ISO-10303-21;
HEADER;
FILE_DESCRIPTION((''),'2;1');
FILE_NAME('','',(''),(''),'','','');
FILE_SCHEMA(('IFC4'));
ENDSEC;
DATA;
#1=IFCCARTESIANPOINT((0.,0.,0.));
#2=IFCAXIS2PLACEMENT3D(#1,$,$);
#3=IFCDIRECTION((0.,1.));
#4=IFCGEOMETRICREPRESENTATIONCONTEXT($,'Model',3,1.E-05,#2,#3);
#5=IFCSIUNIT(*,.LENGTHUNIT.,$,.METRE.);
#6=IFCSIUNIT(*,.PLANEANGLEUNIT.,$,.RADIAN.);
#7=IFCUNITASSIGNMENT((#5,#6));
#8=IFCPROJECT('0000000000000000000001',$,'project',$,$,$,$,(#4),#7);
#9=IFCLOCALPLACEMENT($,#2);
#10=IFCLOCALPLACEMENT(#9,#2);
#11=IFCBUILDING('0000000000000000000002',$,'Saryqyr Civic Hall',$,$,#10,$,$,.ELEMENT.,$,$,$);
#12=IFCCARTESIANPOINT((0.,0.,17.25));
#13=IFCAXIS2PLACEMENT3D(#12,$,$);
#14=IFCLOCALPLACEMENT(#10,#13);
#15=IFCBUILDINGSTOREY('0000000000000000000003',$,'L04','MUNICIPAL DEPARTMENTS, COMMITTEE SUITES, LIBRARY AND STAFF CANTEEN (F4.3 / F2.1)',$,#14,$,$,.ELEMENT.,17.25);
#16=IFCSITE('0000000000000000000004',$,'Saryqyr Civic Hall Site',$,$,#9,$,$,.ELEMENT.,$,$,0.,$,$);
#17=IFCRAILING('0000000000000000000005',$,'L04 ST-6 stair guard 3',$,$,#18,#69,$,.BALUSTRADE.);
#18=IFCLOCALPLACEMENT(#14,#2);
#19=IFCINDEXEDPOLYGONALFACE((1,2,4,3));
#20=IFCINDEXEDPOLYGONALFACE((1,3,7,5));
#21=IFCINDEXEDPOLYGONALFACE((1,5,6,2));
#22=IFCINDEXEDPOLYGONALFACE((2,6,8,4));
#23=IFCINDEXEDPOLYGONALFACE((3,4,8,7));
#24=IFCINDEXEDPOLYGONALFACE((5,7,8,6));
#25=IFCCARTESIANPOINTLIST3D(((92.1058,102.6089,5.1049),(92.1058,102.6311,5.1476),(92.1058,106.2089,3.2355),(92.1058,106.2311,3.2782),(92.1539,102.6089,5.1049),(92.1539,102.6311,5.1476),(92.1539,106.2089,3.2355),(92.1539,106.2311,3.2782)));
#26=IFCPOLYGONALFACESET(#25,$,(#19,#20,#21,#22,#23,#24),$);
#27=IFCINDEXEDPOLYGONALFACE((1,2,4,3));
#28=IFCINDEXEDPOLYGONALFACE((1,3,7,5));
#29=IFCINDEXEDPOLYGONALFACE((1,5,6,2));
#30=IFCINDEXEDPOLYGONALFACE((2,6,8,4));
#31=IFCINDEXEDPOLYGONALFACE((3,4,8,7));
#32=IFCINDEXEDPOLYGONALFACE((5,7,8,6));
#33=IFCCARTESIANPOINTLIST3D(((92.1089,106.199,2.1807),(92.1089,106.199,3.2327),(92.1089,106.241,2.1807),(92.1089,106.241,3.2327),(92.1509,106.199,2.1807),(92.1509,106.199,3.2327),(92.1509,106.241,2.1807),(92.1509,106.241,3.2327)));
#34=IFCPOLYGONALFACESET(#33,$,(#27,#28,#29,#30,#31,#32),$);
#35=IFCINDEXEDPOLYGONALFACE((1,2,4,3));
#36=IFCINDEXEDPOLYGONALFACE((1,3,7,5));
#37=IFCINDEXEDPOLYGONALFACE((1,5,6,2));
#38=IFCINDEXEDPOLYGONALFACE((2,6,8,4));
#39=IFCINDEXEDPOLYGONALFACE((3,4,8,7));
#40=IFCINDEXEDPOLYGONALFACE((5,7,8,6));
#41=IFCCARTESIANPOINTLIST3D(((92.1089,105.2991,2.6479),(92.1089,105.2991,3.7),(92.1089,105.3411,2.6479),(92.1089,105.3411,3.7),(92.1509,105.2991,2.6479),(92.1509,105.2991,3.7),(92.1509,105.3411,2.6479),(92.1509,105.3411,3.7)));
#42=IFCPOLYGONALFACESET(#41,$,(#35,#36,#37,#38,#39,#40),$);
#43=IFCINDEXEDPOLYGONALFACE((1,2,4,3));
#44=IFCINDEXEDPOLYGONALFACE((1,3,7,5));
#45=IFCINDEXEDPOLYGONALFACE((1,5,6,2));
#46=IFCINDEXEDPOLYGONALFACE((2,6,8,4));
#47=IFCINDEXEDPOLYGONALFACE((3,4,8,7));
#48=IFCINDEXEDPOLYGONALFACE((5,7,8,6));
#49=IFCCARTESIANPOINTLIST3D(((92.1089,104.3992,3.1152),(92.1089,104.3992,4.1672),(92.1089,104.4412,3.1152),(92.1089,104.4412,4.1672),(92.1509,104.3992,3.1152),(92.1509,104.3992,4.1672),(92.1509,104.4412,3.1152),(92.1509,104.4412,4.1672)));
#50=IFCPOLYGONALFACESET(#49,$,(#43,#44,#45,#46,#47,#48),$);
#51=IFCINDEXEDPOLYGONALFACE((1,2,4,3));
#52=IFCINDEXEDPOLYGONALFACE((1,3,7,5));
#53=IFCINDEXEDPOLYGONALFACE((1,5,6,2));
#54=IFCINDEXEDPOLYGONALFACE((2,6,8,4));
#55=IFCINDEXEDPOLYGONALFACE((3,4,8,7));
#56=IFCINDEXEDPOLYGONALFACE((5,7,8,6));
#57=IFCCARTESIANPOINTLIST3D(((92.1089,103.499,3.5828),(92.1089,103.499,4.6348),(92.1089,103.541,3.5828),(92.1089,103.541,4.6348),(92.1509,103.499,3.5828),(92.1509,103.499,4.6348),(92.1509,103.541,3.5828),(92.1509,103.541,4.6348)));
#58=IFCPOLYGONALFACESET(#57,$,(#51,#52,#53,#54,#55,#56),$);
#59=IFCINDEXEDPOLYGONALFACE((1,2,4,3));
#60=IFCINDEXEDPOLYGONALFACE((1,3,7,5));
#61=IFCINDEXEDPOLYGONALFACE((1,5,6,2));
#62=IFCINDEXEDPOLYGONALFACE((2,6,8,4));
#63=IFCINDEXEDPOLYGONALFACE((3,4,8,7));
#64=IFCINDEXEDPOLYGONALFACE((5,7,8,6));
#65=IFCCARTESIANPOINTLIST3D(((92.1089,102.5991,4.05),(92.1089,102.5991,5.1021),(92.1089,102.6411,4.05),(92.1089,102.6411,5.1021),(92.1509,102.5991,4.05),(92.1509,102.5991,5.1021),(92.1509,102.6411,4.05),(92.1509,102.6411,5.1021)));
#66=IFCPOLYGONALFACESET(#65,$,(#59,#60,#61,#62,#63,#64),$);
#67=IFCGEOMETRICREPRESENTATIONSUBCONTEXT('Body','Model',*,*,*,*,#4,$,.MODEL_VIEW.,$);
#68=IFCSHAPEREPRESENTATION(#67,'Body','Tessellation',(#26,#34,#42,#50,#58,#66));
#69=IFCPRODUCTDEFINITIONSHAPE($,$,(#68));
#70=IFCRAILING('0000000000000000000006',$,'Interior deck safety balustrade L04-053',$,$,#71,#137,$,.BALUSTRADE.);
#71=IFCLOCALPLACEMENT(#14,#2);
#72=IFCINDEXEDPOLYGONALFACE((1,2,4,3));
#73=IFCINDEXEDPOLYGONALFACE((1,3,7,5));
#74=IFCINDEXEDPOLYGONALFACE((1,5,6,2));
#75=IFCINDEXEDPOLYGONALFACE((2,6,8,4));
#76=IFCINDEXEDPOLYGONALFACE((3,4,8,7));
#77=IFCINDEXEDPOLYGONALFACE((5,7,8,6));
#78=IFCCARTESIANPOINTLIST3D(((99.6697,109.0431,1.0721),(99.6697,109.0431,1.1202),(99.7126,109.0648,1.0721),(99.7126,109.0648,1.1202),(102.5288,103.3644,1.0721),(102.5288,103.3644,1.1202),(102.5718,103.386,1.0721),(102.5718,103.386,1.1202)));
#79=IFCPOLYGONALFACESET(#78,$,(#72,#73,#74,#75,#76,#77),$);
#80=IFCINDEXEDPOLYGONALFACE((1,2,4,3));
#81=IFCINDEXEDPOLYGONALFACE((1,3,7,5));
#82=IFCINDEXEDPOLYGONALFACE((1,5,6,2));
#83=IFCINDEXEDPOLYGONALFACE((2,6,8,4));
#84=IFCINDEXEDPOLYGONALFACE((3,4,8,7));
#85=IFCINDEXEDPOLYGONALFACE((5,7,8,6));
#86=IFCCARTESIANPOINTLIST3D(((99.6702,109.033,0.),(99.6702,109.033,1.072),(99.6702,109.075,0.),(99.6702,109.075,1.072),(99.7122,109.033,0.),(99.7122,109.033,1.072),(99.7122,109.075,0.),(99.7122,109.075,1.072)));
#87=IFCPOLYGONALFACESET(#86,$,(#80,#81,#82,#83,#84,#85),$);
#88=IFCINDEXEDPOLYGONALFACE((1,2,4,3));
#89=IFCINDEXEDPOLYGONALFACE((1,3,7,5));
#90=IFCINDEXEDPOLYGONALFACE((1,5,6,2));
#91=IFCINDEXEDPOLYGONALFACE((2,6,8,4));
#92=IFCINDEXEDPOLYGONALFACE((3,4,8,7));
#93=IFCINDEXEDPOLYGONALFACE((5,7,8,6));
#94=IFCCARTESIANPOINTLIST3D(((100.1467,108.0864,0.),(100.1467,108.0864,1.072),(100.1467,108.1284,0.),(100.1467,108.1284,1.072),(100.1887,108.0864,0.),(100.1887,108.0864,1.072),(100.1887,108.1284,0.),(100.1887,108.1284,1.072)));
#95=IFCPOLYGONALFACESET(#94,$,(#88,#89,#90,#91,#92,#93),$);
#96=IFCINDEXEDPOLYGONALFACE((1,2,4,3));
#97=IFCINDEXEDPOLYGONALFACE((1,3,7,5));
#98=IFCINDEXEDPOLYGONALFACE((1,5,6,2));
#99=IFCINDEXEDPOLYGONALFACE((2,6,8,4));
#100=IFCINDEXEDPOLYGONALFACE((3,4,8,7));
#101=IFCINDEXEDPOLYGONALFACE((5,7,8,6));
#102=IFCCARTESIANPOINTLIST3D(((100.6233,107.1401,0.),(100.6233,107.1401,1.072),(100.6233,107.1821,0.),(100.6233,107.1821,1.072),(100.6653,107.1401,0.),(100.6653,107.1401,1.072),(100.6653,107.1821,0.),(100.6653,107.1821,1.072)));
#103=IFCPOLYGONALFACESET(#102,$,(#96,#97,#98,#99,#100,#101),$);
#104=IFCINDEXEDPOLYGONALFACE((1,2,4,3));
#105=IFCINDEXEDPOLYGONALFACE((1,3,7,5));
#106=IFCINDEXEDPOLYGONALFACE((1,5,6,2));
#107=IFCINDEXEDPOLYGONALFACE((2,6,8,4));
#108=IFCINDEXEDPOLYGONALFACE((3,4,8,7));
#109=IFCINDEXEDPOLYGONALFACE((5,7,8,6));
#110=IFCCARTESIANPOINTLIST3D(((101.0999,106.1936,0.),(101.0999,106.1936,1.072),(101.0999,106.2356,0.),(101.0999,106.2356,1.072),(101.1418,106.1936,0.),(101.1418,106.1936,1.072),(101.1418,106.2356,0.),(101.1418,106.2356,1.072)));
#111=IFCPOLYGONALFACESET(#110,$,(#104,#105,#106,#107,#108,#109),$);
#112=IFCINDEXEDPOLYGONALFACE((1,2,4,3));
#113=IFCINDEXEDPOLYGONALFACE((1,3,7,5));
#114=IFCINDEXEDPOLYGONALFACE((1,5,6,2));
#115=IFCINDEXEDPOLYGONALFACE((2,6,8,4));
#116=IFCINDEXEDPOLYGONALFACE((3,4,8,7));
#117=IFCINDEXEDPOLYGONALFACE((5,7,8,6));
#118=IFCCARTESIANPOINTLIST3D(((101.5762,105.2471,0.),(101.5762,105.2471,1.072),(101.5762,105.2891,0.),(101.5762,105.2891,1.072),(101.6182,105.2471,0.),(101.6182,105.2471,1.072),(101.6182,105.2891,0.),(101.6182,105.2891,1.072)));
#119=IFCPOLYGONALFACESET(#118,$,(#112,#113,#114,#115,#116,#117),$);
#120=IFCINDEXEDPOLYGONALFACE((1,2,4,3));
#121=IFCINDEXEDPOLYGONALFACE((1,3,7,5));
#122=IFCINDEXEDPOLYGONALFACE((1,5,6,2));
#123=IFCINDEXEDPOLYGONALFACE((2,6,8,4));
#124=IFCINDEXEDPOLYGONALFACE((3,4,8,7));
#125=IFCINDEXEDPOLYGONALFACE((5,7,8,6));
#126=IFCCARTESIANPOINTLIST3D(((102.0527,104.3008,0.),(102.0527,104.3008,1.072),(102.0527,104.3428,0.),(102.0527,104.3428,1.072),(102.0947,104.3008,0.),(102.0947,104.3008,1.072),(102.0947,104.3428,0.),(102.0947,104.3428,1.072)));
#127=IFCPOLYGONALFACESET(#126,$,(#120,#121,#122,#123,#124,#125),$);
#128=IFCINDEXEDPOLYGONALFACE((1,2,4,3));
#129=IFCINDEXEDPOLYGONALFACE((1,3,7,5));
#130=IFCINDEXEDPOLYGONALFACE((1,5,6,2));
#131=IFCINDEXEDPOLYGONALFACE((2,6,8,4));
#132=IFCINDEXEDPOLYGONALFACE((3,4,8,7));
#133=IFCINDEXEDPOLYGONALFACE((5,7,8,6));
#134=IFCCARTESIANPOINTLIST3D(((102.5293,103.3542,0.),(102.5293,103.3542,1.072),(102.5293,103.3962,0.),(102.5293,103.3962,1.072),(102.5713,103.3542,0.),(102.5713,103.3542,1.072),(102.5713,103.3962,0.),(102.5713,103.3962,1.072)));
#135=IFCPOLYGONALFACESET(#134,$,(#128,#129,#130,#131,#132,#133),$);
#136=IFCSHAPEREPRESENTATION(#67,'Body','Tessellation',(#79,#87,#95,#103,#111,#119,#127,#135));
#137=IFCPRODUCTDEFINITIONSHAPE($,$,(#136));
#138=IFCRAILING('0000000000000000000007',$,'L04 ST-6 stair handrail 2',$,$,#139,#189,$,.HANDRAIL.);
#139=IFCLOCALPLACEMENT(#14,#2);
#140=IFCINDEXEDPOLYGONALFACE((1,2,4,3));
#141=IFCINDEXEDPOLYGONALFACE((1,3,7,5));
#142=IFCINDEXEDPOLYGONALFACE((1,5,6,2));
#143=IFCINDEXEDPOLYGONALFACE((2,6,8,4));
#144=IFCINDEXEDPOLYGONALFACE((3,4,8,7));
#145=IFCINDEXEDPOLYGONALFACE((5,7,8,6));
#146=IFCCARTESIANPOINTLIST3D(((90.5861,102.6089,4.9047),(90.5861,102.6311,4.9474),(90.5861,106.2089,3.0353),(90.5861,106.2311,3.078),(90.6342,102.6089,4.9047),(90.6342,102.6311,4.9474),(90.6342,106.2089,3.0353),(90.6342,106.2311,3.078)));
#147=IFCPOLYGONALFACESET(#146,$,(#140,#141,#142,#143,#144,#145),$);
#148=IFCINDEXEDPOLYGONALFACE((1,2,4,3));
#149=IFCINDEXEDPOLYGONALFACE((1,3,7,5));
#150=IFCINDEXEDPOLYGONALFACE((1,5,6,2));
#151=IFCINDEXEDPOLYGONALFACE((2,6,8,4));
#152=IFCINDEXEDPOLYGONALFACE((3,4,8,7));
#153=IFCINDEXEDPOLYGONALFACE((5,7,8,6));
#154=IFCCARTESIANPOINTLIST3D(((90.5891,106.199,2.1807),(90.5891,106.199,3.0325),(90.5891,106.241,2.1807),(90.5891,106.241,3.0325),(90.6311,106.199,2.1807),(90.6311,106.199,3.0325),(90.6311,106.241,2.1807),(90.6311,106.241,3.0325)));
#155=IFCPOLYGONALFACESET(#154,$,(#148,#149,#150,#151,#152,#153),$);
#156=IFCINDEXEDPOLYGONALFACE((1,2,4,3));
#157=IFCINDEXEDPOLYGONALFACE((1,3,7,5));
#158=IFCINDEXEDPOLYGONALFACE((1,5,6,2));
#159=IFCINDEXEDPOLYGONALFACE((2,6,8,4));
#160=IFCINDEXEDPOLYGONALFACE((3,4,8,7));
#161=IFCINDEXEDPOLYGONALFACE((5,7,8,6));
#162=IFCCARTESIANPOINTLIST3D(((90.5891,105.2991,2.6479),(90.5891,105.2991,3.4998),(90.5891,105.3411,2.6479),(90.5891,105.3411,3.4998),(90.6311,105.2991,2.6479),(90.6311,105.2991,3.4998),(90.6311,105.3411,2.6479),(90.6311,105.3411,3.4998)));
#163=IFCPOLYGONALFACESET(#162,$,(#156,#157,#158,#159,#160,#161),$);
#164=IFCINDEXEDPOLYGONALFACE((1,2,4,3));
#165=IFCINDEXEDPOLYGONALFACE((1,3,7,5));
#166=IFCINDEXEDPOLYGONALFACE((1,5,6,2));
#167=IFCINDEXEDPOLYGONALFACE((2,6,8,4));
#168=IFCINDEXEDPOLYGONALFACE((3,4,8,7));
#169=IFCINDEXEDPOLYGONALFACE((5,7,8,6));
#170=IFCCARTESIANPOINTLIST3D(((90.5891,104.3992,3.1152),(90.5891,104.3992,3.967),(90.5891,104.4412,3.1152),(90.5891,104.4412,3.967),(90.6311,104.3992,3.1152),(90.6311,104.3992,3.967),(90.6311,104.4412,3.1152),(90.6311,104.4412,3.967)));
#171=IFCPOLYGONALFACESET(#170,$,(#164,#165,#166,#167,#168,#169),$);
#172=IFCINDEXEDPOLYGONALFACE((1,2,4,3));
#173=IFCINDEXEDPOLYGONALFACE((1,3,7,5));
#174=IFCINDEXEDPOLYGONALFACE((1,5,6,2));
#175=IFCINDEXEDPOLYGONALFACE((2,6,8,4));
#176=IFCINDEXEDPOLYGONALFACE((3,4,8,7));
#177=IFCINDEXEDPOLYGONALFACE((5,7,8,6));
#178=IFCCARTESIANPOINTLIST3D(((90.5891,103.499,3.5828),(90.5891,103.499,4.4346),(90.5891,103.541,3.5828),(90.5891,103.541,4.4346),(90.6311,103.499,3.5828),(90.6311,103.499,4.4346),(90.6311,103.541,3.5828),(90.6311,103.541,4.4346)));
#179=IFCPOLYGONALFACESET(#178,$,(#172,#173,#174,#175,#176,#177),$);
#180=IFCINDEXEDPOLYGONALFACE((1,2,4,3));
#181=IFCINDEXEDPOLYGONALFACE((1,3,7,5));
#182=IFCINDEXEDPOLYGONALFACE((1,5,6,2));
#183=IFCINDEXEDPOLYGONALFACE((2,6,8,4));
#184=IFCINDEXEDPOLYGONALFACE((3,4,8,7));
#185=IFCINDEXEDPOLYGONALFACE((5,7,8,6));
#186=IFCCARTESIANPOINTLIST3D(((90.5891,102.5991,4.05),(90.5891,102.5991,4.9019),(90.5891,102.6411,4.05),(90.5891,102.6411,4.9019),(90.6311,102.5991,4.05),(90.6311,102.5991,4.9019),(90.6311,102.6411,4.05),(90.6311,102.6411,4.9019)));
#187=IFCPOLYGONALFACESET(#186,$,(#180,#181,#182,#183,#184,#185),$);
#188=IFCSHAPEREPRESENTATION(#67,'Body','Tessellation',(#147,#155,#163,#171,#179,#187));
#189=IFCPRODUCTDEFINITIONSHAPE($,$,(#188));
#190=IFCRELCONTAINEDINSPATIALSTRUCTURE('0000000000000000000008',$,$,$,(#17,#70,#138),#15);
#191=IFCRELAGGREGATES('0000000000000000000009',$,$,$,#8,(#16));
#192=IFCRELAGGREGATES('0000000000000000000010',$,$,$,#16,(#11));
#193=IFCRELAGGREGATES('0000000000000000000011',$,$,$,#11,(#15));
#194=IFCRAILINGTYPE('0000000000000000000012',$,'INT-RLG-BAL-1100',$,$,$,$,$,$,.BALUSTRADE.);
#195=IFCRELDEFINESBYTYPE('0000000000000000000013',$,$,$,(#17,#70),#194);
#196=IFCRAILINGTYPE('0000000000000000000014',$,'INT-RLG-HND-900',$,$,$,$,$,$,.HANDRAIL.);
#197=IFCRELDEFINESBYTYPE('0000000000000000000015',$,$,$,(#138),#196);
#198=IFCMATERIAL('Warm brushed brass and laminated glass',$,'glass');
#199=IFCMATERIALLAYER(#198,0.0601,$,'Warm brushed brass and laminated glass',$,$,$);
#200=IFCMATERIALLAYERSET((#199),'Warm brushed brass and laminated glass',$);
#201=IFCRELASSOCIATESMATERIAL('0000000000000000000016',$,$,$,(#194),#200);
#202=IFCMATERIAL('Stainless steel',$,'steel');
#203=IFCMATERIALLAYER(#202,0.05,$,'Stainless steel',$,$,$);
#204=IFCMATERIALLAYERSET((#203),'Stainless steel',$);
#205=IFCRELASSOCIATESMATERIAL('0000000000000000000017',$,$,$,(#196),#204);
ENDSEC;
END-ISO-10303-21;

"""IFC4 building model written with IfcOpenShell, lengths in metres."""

from ifc_helpers import new_model, si_unit, direction, frame, origin, origin_2d, place, context, subcontext, project, spatial, rectangle, extrude, material, layer, layer_set, type_object, element, save


model = new_model("IFC4")

# Units and contexts
model_context = context("Model", 3, precision=1e-05, world=origin(), true_north=direction((0.0, 1.0)))
body_context = subcontext(model_context, "Body", "Model", "MODEL_VIEW")
ifc_project = project(units=[si_unit("LENGTHUNIT", "METRE"), si_unit("PLANEANGLEUNIT", "RADIAN")], contexts=[model_context])

# Site, building, storey
site_placement = place(None, origin())
site = spatial("IfcSite", under=ifc_project, at=site_placement, Name="Saryqyr Civic Hall Site", CompositionType="ELEMENT", RefElevation=0.0)
building_placement = place(site_placement, origin())
building = spatial("IfcBuilding", under=site, at=building_placement, Name="Saryqyr Civic Hall", CompositionType="ELEMENT")
storey_placement = place(building_placement, frame((0.0, 0.0, 17.25)))
storey = spatial("IfcBuildingStorey", under=building, at=storey_placement, Name="L04", Description="MUNICIPAL DEPARTMENTS, COMMITTEE SUITES, LIBRARY AND STAFF CANTEEN (F4.3 / F2.1)", CompositionType="ELEMENT", Elevation=17.25)

# Railings
ifc_material_1 = material(Name="Warm brushed brass and laminated glass", Category="glass")
ifc_layer_1 = layer(ifc_material_1, 0.0601, Name="Warm brushed brass and laminated glass")
ifc_layer_set_1 = layer_set([ifc_layer_1], Name="Warm brushed brass and laminated glass")
railing_type_1 = type_object("IfcRailingType", Name="INT-RLG-BAL-1100", PredefinedType="BALUSTRADE", material=ifc_layer_set_1)
railing_1_placement = place(storey_placement, frame((92.1299, 106.22, 2.1807)))
element("IfcRailing", 1, at=railing_1_placement, inside=storey, type_object=railing_type_1, Name="L04 ST-6 stair guard 3", PredefinedType="BALUSTRADE", context=body_context, shape_type="SweptSolid", body=[
    extrude(rectangle(XDim=0.0481, YDim=0.0481, at=origin_2d()), frame((0.0, 0.0, 1.0762), z_axis=(0.0, -0.887473, 0.46086), x_axis=(1.0, 0.0, 0.0)), (0.0, 0.0, 1.0), 4.0564),
    extrude(rectangle(XDim=0.042, YDim=0.042, at=origin_2d()), origin(), (0.0, 0.0, 1.0), 1.052),
    extrude(rectangle(XDim=0.042, YDim=0.042, at=origin_2d()), frame((0.0, -0.8999, 0.4673)), (0.0, 0.0, 1.0), 1.052),
    extrude(rectangle(XDim=0.042, YDim=0.042, at=origin_2d()), frame((0.0, -1.7998, 0.9346)), (0.0, 0.0, 1.0), 1.052),
    extrude(rectangle(XDim=0.042, YDim=0.042, at=origin_2d()), frame((0.0, -2.7, 1.4021)), (0.0, 0.0, 1.0), 1.052),
    extrude(rectangle(XDim=0.042, YDim=0.042, at=origin_2d()), frame((0.0, -3.5999, 1.8694)), (0.0, 0.0, 1.0), 1.052),
])
railing_2_placement = place(storey_placement, frame((99.6912, 109.054, 0.0)))
element("IfcRailing", 2, at=railing_2_placement, inside=storey, type_object=railing_type_1, Name="Interior deck safety balustrade L04-053", PredefinedType="BALUSTRADE", context=body_context, shape_type="SweptSolid", body=[
    extrude(rectangle(XDim=0.0481, YDim=0.0481, at=origin_2d()), frame((0.0, 0.0, 1.0962), z_axis=(0.4497, -0.89318, 0.0), x_axis=(0.89318, 0.4497, 0.0)), (0.0, 0.0, 1.0), 6.3579),
    extrude(rectangle(XDim=0.042, YDim=0.042, at=origin_2d()), origin(), (0.0, 0.0, 1.0), 1.072),
    extrude(rectangle(XDim=0.042, YDim=0.042, at=origin_2d()), frame((0.4766, -0.9465, 0.0)), (0.0, 0.0, 1.0), 1.072),
    extrude(rectangle(XDim=0.042, YDim=0.042, at=origin_2d()), frame((0.9531, -1.8928, 0.0)), (0.0, 0.0, 1.0), 1.072),
    extrude(rectangle(XDim=0.042, YDim=0.042, at=origin_2d()), frame((1.4297, -2.8394, 0.0)), (0.0, 0.0, 1.0), 1.072),
    extrude(rectangle(XDim=0.042, YDim=0.042, at=origin_2d()), frame((1.906, -3.7859, 0.0)), (0.0, 0.0, 1.0), 1.072),
    extrude(rectangle(XDim=0.042, YDim=0.042, at=origin_2d()), frame((2.3826, -4.7322, 0.0)), (0.0, 0.0, 1.0), 1.072),
    extrude(rectangle(XDim=0.042, YDim=0.042, at=origin_2d()), frame((2.8591, -5.6787, 0.0)), (0.0, 0.0, 1.0), 1.072),
])
ifc_material_2 = material(Name="Stainless steel", Category="steel")
ifc_layer_2 = layer(ifc_material_2, 0.05, Name="Stainless steel")
ifc_layer_set_2 = layer_set([ifc_layer_2], Name="Stainless steel")
railing_type_2 = type_object("IfcRailingType", Name="INT-RLG-HND-900", PredefinedType="HANDRAIL", material=ifc_layer_set_2)
railing_3_placement = place(storey_placement, frame((90.6101, 106.22, 2.1807)))
element("IfcRailing", 3, at=railing_3_placement, inside=storey, type_object=railing_type_2, Name="L04 ST-6 stair handrail 2", PredefinedType="HANDRAIL", context=body_context, shape_type="SweptSolid", body=[
    extrude(rectangle(XDim=0.0481, YDim=0.0481, at=origin_2d()), frame((0.0, 0.0, 0.876), z_axis=(0.0, -0.887473, 0.46086), x_axis=(1.0, 0.0, 0.0)), (0.0, 0.0, 1.0), 4.0564),
    extrude(rectangle(XDim=0.042, YDim=0.042, at=origin_2d()), origin(), (0.0, 0.0, 1.0), 0.8518),
    extrude(rectangle(XDim=0.042, YDim=0.042, at=origin_2d()), frame((0.0, -0.8999, 0.4673)), (0.0, 0.0, 1.0), 0.8518),
    extrude(rectangle(XDim=0.042, YDim=0.042, at=origin_2d()), frame((0.0, -1.7998, 0.9346)), (0.0, 0.0, 1.0), 0.8518),
    extrude(rectangle(XDim=0.042, YDim=0.042, at=origin_2d()), frame((0.0, -2.7, 1.4021)), (0.0, 0.0, 1.0), 0.8518),
    extrude(rectangle(XDim=0.042, YDim=0.042, at=origin_2d()), frame((0.0, -3.5999, 1.8694)), (0.0, 0.0, 1.0), 0.8518),
])

save(model, "model.ifc")
